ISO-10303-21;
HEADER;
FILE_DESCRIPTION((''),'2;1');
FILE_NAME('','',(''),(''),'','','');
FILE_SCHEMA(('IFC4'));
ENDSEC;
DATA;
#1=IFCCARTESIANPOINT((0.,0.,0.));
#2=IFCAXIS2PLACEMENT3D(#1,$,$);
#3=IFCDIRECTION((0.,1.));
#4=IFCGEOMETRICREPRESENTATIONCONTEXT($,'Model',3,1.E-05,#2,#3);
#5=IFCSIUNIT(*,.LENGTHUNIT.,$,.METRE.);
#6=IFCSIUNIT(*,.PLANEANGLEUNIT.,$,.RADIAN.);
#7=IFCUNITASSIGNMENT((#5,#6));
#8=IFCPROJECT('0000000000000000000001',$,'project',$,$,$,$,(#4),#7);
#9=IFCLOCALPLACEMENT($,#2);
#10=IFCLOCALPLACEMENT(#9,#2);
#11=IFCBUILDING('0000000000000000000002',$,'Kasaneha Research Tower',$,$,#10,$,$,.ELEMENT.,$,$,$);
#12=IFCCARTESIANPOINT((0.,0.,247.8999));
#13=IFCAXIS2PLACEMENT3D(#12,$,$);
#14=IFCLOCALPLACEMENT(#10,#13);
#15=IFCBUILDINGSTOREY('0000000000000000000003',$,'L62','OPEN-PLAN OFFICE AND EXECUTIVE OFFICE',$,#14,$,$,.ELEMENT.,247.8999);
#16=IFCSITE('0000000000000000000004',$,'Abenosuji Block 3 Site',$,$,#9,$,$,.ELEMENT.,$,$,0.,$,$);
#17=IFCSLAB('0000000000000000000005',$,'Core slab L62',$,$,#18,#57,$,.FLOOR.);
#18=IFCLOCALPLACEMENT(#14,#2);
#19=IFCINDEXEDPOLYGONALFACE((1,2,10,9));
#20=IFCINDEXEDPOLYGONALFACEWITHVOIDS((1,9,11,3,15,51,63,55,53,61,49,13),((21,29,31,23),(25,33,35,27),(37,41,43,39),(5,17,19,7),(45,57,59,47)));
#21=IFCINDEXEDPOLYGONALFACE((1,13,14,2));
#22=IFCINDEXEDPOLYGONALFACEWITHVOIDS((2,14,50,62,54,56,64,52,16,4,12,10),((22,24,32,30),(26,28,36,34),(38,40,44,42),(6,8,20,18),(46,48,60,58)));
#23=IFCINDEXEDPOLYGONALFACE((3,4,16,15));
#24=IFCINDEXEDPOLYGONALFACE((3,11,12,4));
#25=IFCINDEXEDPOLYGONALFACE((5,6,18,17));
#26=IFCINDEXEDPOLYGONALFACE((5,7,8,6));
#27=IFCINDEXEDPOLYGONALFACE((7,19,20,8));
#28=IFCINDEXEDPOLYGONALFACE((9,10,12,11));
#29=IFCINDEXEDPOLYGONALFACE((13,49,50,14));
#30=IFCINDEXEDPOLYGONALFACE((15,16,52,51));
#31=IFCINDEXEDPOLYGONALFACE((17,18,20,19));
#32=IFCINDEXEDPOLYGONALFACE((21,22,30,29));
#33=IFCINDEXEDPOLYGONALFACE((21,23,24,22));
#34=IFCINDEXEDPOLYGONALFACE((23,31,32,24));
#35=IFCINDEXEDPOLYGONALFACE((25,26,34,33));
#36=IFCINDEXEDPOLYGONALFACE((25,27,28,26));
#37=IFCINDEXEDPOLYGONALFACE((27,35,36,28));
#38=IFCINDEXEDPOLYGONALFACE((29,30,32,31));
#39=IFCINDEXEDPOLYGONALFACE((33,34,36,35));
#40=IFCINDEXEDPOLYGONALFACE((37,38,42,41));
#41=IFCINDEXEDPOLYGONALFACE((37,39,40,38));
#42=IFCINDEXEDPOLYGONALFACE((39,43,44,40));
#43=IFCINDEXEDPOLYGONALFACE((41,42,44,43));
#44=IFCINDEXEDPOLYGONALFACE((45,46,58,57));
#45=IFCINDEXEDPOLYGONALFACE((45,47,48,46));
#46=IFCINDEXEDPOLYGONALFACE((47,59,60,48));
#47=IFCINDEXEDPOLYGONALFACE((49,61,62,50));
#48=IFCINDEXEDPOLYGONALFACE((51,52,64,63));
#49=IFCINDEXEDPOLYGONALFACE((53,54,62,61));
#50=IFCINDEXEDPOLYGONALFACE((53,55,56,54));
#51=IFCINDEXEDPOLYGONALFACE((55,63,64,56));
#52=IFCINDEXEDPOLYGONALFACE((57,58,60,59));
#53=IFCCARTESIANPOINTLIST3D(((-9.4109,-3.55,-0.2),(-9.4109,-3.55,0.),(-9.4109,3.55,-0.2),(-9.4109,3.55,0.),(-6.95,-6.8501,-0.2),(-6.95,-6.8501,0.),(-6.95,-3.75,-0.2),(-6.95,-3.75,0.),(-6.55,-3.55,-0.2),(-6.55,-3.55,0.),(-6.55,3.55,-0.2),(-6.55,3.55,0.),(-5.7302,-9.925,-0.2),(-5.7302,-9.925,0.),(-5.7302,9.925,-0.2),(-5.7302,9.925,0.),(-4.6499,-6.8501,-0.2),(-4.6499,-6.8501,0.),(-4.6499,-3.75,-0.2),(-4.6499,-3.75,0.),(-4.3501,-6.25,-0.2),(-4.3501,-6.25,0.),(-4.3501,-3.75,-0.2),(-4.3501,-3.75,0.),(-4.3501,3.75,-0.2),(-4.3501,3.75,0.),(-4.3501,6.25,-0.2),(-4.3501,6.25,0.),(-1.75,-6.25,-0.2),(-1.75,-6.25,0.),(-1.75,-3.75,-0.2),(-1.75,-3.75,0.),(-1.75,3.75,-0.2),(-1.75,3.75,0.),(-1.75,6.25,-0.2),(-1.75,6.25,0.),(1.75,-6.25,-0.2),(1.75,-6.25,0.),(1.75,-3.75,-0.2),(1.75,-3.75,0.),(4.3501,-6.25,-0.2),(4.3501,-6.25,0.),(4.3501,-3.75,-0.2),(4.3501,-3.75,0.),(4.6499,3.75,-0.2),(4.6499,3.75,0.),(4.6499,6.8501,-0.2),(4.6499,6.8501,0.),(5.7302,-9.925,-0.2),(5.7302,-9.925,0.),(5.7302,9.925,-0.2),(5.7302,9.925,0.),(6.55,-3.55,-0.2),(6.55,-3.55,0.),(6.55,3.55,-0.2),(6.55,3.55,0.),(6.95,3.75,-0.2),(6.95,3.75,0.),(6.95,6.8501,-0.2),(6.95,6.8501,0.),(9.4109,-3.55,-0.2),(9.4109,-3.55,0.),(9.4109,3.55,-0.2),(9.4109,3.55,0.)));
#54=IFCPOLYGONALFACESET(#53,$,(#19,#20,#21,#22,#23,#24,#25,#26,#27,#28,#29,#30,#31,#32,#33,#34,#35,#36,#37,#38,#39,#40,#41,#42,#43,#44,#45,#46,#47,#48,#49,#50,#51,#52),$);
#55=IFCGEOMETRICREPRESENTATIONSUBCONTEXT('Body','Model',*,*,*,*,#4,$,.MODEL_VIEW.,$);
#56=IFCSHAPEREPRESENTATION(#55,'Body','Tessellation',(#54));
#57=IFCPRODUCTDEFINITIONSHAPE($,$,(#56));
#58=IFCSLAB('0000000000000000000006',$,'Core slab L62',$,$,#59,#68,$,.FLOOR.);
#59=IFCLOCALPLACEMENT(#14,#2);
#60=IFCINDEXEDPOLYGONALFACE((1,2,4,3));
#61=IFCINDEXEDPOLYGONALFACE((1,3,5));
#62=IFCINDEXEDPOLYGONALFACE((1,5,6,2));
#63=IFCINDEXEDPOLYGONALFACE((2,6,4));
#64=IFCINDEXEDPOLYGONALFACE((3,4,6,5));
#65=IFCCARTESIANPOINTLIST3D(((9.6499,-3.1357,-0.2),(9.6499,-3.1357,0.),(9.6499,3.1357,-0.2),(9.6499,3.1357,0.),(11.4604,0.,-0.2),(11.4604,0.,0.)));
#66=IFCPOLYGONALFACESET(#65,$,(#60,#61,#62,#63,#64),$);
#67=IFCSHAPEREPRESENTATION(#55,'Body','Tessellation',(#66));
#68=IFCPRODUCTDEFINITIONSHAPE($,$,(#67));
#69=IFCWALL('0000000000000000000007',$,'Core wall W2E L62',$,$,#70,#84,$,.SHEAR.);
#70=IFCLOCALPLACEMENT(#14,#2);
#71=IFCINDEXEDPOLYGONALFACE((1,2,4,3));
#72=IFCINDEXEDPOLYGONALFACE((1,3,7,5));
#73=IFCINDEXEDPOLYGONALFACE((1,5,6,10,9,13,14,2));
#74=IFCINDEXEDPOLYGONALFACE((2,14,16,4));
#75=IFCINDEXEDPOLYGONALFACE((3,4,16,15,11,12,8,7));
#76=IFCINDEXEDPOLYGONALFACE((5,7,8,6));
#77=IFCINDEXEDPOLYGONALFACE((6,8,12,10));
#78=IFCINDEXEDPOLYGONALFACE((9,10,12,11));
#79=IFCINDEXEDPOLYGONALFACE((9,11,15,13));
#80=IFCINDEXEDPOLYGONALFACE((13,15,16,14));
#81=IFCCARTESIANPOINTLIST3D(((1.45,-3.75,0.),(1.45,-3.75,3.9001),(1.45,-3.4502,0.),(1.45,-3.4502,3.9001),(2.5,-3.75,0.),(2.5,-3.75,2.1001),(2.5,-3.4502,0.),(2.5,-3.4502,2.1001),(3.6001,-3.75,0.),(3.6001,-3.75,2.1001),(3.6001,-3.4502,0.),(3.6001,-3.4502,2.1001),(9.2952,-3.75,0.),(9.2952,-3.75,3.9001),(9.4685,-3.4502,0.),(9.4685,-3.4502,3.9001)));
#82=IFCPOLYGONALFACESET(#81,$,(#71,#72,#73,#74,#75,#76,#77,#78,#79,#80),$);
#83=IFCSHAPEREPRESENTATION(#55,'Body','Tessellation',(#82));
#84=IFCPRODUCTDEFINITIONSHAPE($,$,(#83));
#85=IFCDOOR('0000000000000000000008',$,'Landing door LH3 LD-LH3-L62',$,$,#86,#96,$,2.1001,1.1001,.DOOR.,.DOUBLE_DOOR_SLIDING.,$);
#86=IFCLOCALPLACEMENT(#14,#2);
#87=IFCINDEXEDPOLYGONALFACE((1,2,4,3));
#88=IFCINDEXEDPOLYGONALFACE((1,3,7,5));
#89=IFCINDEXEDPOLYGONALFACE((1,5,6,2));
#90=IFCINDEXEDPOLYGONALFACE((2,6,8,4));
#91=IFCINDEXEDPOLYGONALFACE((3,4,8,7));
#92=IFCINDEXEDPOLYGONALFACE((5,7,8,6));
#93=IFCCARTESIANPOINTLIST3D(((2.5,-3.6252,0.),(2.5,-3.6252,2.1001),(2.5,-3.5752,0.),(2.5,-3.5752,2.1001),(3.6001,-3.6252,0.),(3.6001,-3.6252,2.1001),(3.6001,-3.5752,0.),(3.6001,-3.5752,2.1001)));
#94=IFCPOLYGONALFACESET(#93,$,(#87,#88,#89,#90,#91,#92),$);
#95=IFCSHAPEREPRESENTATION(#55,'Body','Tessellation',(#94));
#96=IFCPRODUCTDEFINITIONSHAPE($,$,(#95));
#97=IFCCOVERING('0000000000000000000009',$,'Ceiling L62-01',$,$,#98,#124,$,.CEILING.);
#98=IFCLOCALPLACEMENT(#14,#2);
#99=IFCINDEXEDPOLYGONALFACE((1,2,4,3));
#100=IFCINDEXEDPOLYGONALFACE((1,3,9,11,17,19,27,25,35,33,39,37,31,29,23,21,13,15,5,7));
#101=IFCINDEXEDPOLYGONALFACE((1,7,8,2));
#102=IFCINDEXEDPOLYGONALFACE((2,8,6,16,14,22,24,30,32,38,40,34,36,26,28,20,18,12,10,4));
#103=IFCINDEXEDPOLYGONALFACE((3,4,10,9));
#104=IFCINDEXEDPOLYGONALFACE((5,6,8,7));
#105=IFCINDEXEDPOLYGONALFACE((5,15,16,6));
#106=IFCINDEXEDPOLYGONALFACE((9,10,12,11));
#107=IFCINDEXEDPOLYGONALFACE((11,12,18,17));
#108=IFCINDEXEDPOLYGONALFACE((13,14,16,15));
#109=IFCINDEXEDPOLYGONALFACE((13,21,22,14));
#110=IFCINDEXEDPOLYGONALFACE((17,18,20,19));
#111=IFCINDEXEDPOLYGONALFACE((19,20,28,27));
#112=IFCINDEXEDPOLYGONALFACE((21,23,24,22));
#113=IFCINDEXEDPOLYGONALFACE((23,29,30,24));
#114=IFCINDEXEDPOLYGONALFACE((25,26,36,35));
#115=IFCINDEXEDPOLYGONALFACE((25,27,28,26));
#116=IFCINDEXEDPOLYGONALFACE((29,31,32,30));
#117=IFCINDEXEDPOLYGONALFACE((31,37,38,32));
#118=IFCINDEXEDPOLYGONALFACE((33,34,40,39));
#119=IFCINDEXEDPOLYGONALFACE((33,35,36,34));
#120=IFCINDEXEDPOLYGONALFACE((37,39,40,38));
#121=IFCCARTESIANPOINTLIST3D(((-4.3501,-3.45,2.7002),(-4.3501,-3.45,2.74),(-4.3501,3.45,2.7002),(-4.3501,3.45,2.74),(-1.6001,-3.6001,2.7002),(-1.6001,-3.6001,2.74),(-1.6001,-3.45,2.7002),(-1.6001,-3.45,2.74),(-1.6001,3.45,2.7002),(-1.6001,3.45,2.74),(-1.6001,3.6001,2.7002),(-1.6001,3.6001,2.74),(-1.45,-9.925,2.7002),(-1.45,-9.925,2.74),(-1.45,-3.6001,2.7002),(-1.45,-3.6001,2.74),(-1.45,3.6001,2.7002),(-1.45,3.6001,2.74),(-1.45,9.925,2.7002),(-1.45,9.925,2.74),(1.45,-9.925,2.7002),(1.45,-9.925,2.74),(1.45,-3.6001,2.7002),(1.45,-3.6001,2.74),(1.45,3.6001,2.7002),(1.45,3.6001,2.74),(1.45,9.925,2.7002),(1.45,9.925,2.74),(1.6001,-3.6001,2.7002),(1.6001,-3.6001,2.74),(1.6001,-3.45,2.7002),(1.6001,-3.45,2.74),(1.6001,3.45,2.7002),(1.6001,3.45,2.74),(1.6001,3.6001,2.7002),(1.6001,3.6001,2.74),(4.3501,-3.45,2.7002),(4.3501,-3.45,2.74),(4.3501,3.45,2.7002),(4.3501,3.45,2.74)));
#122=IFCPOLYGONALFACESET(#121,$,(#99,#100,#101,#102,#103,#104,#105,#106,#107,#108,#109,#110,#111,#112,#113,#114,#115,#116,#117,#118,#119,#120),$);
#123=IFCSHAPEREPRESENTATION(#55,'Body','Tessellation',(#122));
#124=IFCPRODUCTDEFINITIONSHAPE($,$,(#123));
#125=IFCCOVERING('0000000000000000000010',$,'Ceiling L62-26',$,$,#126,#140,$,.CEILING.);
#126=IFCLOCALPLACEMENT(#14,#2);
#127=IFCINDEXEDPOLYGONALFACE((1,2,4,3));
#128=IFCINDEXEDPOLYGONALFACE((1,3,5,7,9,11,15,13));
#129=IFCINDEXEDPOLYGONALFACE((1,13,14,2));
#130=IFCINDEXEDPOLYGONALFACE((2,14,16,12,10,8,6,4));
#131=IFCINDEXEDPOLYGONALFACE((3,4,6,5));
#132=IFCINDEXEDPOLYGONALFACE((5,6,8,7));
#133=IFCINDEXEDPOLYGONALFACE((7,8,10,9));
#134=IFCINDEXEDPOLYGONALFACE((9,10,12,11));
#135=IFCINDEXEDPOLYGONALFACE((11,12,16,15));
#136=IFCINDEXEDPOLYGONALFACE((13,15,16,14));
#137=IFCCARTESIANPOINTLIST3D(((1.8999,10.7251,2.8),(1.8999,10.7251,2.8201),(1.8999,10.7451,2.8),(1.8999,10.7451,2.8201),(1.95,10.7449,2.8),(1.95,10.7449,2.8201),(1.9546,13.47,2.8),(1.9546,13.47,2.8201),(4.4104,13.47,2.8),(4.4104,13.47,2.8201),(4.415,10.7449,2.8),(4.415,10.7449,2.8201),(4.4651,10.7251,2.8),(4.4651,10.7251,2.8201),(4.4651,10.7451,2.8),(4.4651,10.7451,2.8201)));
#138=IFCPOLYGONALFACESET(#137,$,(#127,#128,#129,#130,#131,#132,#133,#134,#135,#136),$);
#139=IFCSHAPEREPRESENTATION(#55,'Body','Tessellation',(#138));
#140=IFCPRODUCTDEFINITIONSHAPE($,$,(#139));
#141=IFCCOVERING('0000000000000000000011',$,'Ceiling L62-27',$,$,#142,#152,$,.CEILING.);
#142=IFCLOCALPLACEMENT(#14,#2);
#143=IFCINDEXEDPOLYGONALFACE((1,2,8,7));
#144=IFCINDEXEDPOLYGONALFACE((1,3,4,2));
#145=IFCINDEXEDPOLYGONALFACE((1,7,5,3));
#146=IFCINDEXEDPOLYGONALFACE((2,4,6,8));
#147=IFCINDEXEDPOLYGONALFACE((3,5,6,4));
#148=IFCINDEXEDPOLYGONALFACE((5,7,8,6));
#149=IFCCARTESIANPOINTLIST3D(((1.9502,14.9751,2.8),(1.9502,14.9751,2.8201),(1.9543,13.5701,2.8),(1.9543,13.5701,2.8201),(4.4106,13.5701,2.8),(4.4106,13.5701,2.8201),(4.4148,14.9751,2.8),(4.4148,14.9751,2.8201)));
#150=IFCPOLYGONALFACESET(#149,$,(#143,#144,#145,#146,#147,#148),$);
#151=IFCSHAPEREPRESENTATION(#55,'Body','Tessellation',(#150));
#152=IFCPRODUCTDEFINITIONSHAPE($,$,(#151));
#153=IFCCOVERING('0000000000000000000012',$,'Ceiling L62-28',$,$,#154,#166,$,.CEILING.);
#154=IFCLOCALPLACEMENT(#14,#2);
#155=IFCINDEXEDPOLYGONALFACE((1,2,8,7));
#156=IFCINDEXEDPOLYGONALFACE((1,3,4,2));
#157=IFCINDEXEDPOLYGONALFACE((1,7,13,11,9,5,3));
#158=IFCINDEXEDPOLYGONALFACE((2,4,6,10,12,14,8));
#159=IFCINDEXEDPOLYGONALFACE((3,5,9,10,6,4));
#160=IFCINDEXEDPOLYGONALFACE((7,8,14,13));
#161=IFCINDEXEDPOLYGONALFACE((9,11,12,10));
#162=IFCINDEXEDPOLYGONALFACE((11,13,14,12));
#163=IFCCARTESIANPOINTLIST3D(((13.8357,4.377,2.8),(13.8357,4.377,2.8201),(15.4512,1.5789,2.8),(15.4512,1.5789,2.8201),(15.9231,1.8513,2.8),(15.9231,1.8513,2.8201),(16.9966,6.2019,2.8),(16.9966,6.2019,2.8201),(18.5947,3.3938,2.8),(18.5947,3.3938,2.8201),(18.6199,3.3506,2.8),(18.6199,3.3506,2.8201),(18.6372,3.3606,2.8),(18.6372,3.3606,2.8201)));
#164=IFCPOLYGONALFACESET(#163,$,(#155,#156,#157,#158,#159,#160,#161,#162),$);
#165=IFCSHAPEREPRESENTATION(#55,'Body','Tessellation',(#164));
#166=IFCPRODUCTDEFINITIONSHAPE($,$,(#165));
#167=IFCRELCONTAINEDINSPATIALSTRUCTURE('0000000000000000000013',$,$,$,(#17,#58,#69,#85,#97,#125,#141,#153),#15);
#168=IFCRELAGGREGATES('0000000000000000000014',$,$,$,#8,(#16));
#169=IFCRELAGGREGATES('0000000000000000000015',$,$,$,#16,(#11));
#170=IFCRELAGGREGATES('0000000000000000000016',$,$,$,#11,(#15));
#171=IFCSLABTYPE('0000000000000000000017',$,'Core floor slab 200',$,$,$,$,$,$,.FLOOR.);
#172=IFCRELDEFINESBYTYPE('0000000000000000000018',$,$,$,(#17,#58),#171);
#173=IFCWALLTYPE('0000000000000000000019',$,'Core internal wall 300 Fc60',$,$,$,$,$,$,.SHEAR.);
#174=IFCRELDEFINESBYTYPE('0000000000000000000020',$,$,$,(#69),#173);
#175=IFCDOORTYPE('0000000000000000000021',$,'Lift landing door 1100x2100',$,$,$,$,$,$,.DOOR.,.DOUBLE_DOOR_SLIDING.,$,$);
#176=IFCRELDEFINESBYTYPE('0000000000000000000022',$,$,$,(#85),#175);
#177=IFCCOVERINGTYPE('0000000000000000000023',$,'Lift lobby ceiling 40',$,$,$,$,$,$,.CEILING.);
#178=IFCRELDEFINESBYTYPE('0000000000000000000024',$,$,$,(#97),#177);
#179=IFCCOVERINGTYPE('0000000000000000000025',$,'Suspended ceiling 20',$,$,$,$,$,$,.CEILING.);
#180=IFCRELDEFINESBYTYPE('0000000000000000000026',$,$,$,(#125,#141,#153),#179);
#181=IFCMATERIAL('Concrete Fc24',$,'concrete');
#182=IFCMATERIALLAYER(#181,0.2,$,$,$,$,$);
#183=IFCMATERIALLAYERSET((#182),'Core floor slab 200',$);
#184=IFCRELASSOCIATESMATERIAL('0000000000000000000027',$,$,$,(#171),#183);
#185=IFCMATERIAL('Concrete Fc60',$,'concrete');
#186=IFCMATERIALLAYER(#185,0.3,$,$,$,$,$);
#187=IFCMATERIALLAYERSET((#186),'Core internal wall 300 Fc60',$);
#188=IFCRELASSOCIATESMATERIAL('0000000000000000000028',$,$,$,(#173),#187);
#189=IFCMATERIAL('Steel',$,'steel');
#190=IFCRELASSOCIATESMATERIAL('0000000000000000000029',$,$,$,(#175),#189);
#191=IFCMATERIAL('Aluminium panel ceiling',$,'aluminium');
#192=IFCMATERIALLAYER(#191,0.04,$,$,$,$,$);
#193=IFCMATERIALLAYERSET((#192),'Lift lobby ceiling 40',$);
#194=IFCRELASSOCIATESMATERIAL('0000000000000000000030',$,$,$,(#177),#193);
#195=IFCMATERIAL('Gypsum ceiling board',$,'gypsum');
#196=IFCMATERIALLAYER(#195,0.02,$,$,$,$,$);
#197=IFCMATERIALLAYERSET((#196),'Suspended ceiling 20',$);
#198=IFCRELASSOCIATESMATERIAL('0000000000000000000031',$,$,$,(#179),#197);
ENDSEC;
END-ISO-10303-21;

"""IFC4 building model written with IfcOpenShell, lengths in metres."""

from ifc_helpers import new_model, si_unit, direction, frame, frame_2d, origin, place, context, subcontext, project, spatial, polyline, rectangle, outline, extrude, material, layer, layer_set, type_object, element, fill, save


model = new_model("IFC4")

# Units and contexts
model_context = context("Model", 3, precision=1e-05, world=origin(), true_north=direction((0.0, 1.0)))
body_context = subcontext(model_context, "Body", "Model", "MODEL_VIEW")
ifc_project = project(units=[si_unit("LENGTHUNIT", "METRE"), si_unit("PLANEANGLEUNIT", "RADIAN")], contexts=[model_context])

# Site, building, storey
site_placement = place(None, origin())
site = spatial("IfcSite", under=ifc_project, at=site_placement, Name="Abenosuji Block 3 Site", CompositionType="ELEMENT", RefElevation=0.0)
building_placement = place(site_placement, origin())
building = spatial("IfcBuilding", under=site, at=building_placement, Name="Kasaneha Research Tower", CompositionType="ELEMENT")
storey_placement = place(building_placement, frame((0.0, 0.0, 247.8999)))
storey = spatial("IfcBuildingStorey", under=building, at=storey_placement, Name="L62", Description="OPEN-PLAN OFFICE AND EXECUTIVE OFFICE", CompositionType="ELEMENT", Elevation=247.8999)

# Slabs
ifc_material_1 = material(Name="Concrete Fc24", Category="concrete")
ifc_layer_1 = layer(ifc_material_1, 0.2)
ifc_layer_set_1 = layer_set([ifc_layer_1], Name="Core floor slab 200")
slab_type = type_object("IfcSlabType", Name="Core floor slab 200", PredefinedType="FLOOR", material=ifc_layer_set_1)
slab_1_placement = place(storey_placement, frame((0.0, 0.0, -0.2)))
element("IfcSlab", 1, at=slab_1_placement, inside=storey, type_object=slab_type, Name="Core slab L62", PredefinedType="FLOOR", context=body_context, shape_type="SweptSolid", body=[
    extrude(outline(polyline([(-5.7302, 9.925), (5.7302, 9.925), (9.4109, 3.55), (6.55, 3.55), (6.55, -3.55), (9.4109, -3.55), (5.7302, -9.925), (-5.7302, -9.925), (-9.4109, -3.55), (-6.55, -3.55), (-6.55, 3.55), (-9.4109, 3.55), (-5.7302, 9.925)]), holes=[polyline([(-6.95, -6.8501), (-4.6499, -6.8501), (-4.6499, -3.75), (-6.95, -3.75), (-6.95, -6.8501)]), polyline([(-4.3501, -3.75), (-4.3501, -6.25), (-1.75, -6.25), (-1.75, -3.75), (-4.3501, -3.75)]), polyline([(1.75, -3.75), (1.75, -6.25), (4.3501, -6.25), (4.3501, -3.75), (1.75, -3.75)]), polyline([(-4.3501, 6.25), (-4.3501, 3.75), (-1.75, 3.75), (-1.75, 6.25), (-4.3501, 6.25)]), polyline([(4.6499, 6.8501), (4.6499, 3.75), (6.95, 3.75), (6.95, 6.8501), (4.6499, 6.8501)])]), origin(), (0.0, 0.0, 1.0), 0.2),
])
slab_2_placement = place(storey_placement, frame((0.0, 0.0, -0.2)))
element("IfcSlab", 2, at=slab_2_placement, inside=storey, type_object=slab_type, Name="Core slab L62", PredefinedType="FLOOR", context=body_context, shape_type="SweptSolid", body=[
    extrude(outline(polyline([(11.4604, 0.0), (9.6499, -3.1357), (9.6499, 3.1357), (11.4604, 0.0)])), origin(), (0.0, 0.0, 1.0), 0.2),
])

# Wall, opening, door
ifc_material_2 = material(Name="Concrete Fc60", Category="concrete")
ifc_layer_2 = layer(ifc_material_2, 0.3)
ifc_layer_set_2 = layer_set([ifc_layer_2], Name="Core internal wall 300 Fc60")
wall_type = type_object("IfcWallType", Name="Core internal wall 300 Fc60", PredefinedType="SHEAR", material=ifc_layer_set_2)
wall_placement = place(storey_placement, frame((1.45, -3.6001, 0.0), z_axis=(0.0, 0.0, 1.0), x_axis=(1.0, 0.0, 0.0)))
wall = element("IfcWall", 3, at=wall_placement, inside=storey, type_object=wall_type, Name="Core wall W2E L62", PredefinedType="SHEAR", context=body_context, shape_type="SweptSolid", body=[
    extrude(outline(polyline([(0.0, -0.1499), (1.05, -0.1499), (2.1501, -0.1499), (7.8452, -0.1499), (8.0186, 0.1499), (2.1501, 0.1499), (1.05, 0.1499), (0.0, 0.1499), (0.0, -0.1499)])), origin(), (0.0, 0.0, 1.0), 3.9001),
])
opening_placement = place(wall_placement, frame((1.05, 0.0, 0.0)))
opening = element("IfcOpeningElement", 4, at=opening_placement, cuts=wall, PredefinedType="OPENING", context=body_context, shape_type="SweptSolid", body=[
    extrude(rectangle(XDim=1.1001, YDim=2.1001, at=frame_2d((0.55, 1.05))), frame((0.0, 0.1602, 0.0), z_axis=(0.0, -1.0, 0.0), x_axis=(1.0, 0.0, 0.0)), (0.0, 0.0, 1.0), 0.3201),
])
ifc_material_3 = material(Name="Steel", Category="steel")
door_type = type_object("IfcDoorType", Name="Lift landing door 1100x2100", OperationType="DOUBLE_DOOR_SLIDING", PredefinedType="DOOR", material=ifc_material_3)
door_placement = place(opening_placement, origin())
door = element("IfcDoor", 5, at=door_placement, inside=storey, type_object=door_type, Name="Landing door LH3 LD-LH3-L62", OperationType="DOUBLE_DOOR_SLIDING", OverallHeight=2.1001, OverallWidth=1.1001, PredefinedType="DOOR", context=body_context, shape_type="SweptSolid", body=[
    extrude(rectangle(XDim=1.1001, YDim=2.1001, at=frame_2d((0.55, 1.05))), frame((0.0, 0.0249, 0.0), z_axis=(0.0, -1.0, 0.0), x_axis=(1.0, 0.0, 0.0)), (0.0, 0.0, 1.0), 0.05),
])
fill(opening, door)

# Coverings
ifc_material_4 = material(Name="Aluminium panel ceiling", Category="aluminium")
ifc_layer_3 = layer(ifc_material_4, 0.04)
ifc_layer_set_3 = layer_set([ifc_layer_3], Name="Lift lobby ceiling 40")
covering_type_1 = type_object("IfcCoveringType", Name="Lift lobby ceiling 40", PredefinedType="CEILING", material=ifc_layer_set_3)
covering_1_placement = place(storey_placement, frame((0.0, 0.0, 2.7002)))
element("IfcCovering", 6, at=covering_1_placement, inside=storey, type_object=covering_type_1, Name="Ceiling L62-01", PredefinedType="CEILING", context=body_context, shape_type="SweptSolid", body=[
    extrude(outline(polyline([(1.45, 9.925), (1.45, 3.6001), (1.6001, 3.6001), (1.6001, 3.45), (4.3501, 3.45), (4.3501, -3.45), (1.6001, -3.45), (1.6001, -3.6001), (1.45, -3.6001), (1.45, -9.925), (-1.45, -9.925), (-1.45, -3.6001), (-1.6001, -3.6001), (-1.6001, -3.45), (-4.3501, -3.45), (-4.3501, 3.45), (-1.6001, 3.45), (-1.6001, 3.6001), (-1.45, 3.6001), (-1.45, 9.925), (1.45, 9.925)])), origin(), (0.0, 0.0, 1.0), 0.0398),
])
ifc_material_5 = material(Name="Gypsum ceiling board", Category="gypsum")
ifc_layer_4 = layer(ifc_material_5, 0.02)
ifc_layer_set_4 = layer_set([ifc_layer_4], Name="Suspended ceiling 20")
covering_type_2 = type_object("IfcCoveringType", Name="Suspended ceiling 20", PredefinedType="CEILING", material=ifc_layer_set_4)
covering_2_placement = place(storey_placement, frame((0.0, 0.0, 2.8)))
element("IfcCovering", 7, at=covering_2_placement, inside=storey, type_object=covering_type_2, Name="Ceiling L62-26", PredefinedType="CEILING", context=body_context, shape_type="SweptSolid", body=[
    extrude(outline(polyline([(1.8999, 10.7251), (1.8999, 10.7451), (1.95, 10.7449), (1.9546, 13.47), (4.4104, 13.47), (4.415, 10.7449), (4.4651, 10.7451), (4.4651, 10.7251), (1.8999, 10.7251)])), origin(), (0.0, 0.0, 1.0), 0.02),
])
covering_3_placement = place(storey_placement, frame((0.0, 0.0, 2.8)))
element("IfcCovering", 8, at=covering_3_placement, inside=storey, type_object=covering_type_2, Name="Ceiling L62-27", PredefinedType="CEILING", context=body_context, shape_type="SweptSolid", body=[
    extrude(outline(polyline([(1.9502, 14.9751), (4.4148, 14.9751), (4.4106, 13.5701), (1.9543, 13.5701), (1.9502, 14.9751)])), origin(), (0.0, 0.0, 1.0), 0.02),
])
covering_4_placement = place(storey_placement, frame((0.0, 0.0, 2.8)))
element("IfcCovering", 9, at=covering_4_placement, inside=storey, type_object=covering_type_2, Name="Ceiling L62-28", PredefinedType="CEILING", context=body_context, shape_type="SweptSolid", body=[
    extrude(outline(polyline([(18.6372, 3.3606), (18.6199, 3.3506), (18.5947, 3.3938), (15.9231, 1.8513), (15.9231, 1.8513), (15.4512, 1.5789), (13.8357, 4.377), (16.9966, 6.2019), (18.6372, 3.3606)])), origin(), (0.0, 0.0, 1.0), 0.02),
])

save(model, "model.ifc")
